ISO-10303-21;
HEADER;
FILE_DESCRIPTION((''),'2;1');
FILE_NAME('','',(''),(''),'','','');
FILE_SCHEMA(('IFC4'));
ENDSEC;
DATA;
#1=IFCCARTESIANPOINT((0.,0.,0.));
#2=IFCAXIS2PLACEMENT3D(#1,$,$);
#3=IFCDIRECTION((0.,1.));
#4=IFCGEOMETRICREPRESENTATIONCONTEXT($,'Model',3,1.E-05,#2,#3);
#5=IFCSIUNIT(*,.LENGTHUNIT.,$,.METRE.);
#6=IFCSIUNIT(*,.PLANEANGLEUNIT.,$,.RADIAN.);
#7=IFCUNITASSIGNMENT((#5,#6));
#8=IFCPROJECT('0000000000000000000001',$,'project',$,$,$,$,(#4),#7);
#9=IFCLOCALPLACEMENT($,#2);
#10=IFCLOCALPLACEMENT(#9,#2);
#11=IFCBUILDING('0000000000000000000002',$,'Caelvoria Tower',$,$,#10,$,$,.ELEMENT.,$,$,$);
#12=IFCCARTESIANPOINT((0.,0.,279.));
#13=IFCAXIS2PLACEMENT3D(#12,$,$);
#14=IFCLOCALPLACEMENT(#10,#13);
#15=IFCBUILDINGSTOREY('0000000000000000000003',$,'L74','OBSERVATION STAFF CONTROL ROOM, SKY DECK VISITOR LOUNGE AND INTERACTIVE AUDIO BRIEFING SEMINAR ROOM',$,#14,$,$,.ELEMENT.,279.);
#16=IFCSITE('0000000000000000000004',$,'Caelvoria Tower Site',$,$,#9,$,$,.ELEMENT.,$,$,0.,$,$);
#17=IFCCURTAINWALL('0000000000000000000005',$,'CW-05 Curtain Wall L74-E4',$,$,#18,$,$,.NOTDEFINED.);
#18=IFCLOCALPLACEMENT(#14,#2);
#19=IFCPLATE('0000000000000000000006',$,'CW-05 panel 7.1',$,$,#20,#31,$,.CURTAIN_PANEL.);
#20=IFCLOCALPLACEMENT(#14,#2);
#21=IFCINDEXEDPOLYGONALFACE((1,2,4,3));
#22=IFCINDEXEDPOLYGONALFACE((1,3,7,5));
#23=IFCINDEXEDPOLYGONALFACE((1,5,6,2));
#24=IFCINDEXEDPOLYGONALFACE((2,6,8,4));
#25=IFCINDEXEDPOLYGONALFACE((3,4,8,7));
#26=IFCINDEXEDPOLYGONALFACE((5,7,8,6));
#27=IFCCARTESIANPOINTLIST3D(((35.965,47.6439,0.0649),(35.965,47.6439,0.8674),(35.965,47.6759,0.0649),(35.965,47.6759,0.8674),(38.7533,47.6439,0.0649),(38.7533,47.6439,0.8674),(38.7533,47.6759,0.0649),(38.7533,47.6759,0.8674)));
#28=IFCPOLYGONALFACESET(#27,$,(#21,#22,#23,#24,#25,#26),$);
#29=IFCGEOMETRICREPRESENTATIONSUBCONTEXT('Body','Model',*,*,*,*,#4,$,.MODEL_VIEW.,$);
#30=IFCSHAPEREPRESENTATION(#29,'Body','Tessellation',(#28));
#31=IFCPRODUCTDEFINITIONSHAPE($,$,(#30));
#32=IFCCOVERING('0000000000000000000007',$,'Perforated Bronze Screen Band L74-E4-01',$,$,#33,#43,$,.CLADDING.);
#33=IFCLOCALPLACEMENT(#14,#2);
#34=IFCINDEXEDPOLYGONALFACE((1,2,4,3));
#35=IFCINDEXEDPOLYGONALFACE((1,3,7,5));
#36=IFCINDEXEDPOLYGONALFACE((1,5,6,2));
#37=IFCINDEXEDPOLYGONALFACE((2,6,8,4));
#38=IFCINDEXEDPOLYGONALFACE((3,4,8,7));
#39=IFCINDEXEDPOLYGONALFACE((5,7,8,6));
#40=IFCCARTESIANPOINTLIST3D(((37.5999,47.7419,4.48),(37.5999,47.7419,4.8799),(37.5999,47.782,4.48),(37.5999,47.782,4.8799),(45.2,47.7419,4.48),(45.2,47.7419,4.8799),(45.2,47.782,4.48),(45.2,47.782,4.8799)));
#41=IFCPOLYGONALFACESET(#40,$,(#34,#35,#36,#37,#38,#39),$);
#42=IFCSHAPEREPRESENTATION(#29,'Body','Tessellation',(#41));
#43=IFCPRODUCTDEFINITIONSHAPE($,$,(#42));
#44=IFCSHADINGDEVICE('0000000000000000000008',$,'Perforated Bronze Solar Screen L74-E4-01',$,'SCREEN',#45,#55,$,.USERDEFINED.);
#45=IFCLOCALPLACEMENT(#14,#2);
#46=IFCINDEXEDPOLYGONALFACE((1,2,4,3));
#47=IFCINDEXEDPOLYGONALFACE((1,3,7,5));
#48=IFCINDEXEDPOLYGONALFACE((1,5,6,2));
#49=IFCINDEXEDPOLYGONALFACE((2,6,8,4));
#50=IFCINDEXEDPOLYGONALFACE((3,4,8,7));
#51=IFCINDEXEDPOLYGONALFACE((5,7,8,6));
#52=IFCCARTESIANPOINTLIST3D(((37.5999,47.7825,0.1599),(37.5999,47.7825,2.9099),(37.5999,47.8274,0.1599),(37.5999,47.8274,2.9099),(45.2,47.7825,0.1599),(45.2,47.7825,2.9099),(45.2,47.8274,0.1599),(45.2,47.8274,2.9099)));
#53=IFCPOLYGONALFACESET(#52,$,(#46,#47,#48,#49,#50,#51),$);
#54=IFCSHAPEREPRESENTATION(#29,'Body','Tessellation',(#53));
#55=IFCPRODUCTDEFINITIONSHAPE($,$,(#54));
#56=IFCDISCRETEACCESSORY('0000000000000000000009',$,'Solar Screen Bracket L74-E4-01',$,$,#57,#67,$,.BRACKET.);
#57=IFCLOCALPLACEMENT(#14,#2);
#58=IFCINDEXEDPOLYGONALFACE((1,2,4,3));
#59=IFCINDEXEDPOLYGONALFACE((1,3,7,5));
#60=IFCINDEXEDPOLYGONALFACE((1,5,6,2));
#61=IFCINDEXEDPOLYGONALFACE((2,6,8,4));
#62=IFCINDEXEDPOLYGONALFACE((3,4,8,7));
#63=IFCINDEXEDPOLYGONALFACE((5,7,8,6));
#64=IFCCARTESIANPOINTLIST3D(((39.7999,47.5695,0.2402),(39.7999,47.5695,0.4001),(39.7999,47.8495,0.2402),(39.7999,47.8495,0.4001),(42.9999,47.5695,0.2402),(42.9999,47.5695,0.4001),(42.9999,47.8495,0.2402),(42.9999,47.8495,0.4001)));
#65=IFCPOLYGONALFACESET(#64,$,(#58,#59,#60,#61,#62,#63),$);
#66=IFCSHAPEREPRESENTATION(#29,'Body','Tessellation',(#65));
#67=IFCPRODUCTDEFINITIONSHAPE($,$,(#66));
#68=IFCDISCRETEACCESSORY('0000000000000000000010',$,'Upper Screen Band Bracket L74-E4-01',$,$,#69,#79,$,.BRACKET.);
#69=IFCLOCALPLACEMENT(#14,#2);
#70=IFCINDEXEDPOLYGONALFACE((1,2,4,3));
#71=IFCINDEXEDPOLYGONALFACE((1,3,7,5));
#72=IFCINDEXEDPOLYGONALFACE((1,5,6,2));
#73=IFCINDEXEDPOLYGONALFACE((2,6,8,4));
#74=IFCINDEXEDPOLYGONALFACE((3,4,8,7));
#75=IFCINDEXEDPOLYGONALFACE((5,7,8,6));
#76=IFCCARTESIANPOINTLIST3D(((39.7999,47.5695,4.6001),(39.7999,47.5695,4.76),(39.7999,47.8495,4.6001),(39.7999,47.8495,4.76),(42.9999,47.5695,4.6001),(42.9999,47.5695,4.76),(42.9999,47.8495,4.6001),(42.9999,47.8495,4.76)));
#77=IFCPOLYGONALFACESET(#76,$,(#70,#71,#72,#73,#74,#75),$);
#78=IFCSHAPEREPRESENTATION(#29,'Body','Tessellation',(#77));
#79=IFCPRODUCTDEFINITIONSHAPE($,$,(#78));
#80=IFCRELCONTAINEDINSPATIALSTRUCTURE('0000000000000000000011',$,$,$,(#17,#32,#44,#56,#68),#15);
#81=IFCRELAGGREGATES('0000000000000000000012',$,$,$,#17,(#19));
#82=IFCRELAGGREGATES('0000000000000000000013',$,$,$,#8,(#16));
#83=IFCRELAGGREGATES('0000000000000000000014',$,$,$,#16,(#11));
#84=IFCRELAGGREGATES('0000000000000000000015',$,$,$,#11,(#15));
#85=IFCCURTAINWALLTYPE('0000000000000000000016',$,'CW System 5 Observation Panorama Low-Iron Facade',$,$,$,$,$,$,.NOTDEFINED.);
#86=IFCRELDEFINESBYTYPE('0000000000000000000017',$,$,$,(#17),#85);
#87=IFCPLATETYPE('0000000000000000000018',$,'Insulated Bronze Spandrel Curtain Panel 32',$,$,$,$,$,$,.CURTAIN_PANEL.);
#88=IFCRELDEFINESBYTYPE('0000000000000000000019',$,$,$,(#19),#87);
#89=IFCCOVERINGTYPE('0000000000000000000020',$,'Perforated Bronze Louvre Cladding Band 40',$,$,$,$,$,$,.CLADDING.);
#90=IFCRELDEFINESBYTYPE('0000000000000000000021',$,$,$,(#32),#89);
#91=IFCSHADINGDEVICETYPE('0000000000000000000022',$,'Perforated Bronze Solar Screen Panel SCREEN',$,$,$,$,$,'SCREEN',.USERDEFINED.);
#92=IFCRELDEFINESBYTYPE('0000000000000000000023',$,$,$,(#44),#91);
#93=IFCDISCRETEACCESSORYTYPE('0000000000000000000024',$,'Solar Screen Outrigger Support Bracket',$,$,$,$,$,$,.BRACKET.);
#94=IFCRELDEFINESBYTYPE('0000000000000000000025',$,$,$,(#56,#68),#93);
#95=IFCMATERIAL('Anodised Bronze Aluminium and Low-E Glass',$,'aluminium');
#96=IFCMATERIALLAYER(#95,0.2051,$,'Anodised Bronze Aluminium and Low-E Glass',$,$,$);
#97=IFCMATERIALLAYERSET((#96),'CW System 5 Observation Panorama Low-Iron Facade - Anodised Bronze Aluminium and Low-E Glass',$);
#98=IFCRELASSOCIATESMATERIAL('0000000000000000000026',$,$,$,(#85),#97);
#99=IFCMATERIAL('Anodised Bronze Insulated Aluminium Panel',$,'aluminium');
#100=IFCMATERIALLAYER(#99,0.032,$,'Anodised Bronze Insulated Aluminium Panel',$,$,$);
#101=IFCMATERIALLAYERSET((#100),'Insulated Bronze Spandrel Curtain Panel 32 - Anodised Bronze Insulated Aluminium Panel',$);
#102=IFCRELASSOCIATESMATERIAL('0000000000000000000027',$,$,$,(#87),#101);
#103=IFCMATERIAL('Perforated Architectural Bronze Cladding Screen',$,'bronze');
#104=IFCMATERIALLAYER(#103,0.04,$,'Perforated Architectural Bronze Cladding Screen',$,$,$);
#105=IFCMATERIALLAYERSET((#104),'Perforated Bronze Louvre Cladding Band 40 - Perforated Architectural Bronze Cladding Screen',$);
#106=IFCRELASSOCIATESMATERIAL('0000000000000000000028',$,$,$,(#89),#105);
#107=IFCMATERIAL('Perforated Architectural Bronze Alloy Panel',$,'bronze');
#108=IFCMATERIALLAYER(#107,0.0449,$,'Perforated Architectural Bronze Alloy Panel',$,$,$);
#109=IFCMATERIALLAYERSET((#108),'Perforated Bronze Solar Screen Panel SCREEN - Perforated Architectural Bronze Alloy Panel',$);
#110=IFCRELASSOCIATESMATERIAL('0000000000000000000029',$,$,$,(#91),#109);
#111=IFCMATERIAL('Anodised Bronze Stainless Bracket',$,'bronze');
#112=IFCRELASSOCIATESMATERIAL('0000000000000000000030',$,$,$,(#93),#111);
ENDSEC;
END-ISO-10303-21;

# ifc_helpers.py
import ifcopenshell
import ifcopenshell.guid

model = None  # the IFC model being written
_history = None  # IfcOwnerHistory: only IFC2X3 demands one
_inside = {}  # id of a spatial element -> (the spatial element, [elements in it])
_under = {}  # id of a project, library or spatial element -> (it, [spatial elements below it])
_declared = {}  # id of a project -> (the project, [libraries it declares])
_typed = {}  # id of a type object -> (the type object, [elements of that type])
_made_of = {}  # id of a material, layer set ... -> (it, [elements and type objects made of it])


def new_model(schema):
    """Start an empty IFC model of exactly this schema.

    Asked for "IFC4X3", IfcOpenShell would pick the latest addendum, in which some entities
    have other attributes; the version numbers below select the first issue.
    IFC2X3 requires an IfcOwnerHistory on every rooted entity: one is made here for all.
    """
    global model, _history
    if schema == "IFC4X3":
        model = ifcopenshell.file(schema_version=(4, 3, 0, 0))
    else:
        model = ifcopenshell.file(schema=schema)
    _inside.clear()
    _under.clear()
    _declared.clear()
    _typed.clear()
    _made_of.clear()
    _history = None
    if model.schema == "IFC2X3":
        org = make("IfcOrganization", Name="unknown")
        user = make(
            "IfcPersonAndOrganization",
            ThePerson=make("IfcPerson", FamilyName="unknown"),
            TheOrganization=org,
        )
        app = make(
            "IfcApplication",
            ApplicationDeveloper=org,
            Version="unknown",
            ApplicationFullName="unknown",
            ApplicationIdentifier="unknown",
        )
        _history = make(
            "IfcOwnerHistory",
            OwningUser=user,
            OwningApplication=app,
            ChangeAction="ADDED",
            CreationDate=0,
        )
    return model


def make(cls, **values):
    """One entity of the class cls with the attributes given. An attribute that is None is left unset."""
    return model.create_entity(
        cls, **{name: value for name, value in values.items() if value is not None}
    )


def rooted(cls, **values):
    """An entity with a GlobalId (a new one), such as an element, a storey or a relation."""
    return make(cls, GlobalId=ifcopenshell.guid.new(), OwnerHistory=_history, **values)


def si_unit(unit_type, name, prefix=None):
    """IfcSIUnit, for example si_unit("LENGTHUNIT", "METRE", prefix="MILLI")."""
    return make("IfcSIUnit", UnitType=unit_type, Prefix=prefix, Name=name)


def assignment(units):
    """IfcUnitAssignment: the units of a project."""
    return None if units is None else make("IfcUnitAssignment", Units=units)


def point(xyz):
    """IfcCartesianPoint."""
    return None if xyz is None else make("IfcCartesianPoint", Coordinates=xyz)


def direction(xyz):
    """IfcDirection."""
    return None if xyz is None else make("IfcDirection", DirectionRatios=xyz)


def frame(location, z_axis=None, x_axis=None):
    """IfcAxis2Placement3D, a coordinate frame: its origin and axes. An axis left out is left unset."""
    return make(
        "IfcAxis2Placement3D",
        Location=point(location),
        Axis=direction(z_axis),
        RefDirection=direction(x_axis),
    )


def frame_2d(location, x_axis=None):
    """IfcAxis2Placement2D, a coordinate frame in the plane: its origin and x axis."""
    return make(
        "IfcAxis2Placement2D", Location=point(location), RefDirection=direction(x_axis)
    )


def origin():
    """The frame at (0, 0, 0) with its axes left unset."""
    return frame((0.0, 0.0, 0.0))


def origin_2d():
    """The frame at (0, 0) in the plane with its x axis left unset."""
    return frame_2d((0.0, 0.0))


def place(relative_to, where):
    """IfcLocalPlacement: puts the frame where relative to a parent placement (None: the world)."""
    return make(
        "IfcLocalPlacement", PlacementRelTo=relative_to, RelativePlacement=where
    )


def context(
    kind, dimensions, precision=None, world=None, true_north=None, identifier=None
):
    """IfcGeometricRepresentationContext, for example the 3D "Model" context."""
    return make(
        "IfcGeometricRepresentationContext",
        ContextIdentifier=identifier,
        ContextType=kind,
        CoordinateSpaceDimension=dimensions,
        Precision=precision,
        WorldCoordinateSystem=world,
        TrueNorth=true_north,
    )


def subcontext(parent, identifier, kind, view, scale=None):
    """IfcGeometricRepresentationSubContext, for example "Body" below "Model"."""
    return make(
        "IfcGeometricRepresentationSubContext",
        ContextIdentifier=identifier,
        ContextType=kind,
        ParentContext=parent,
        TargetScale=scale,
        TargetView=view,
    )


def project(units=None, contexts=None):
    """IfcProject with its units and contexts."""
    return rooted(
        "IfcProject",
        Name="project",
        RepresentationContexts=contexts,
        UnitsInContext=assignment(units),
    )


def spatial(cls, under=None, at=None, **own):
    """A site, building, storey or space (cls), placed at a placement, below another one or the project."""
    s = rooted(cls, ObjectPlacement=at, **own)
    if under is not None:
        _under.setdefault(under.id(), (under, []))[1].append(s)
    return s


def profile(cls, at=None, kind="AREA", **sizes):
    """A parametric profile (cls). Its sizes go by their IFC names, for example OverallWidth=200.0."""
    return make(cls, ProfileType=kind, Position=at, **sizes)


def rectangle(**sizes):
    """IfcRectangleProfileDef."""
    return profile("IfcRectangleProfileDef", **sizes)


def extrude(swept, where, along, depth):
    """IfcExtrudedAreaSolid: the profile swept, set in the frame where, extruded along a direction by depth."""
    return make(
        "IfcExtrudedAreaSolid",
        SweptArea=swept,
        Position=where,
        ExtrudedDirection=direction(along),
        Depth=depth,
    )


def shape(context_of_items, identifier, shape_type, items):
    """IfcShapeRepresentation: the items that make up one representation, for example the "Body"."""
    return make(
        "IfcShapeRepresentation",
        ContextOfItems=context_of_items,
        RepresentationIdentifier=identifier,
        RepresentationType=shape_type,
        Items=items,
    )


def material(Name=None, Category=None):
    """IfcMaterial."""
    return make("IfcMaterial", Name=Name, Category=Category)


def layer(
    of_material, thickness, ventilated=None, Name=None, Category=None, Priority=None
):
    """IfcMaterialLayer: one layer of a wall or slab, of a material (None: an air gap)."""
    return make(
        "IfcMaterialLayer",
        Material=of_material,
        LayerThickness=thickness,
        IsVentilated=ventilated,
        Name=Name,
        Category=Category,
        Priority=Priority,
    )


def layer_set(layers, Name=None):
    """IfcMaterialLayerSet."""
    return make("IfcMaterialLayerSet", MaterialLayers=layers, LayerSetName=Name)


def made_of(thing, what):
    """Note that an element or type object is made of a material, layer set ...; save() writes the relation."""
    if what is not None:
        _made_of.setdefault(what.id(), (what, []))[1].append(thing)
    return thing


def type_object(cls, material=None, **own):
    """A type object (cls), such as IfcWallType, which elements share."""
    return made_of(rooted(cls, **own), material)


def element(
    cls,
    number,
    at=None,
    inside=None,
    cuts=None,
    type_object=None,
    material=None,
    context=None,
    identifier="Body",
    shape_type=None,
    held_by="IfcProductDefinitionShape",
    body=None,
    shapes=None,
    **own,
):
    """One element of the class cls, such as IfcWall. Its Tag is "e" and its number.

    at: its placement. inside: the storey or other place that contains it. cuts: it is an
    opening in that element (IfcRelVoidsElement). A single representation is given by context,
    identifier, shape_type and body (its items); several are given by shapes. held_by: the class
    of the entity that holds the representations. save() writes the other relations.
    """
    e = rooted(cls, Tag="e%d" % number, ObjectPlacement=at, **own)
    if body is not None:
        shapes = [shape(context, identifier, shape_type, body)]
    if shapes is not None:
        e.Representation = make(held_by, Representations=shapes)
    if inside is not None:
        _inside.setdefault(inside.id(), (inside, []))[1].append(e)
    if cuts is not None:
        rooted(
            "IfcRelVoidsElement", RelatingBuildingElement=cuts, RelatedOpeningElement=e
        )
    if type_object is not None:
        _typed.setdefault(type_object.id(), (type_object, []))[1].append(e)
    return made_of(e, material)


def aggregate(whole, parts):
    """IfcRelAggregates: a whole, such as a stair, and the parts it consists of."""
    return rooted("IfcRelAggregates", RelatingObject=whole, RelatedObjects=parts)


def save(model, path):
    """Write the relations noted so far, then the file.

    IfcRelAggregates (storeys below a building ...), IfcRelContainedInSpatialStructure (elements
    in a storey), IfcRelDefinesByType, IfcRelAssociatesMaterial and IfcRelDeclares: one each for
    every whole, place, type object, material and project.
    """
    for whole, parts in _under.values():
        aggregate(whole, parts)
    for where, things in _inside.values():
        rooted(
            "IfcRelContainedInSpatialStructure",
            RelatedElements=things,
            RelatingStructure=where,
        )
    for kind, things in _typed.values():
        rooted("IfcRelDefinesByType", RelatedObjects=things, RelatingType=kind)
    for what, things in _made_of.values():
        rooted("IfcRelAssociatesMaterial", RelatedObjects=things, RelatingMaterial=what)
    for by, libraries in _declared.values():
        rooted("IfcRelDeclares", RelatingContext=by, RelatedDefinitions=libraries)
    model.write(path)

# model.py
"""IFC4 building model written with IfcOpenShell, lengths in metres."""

from ifc_helpers import new_model, si_unit, direction, frame, origin, origin_2d, place, context, subcontext, project, spatial, rectangle, extrude, material, layer, layer_set, type_object, element, aggregate, save


model = new_model("IFC4")

# Units and contexts
model_context = context("Model", 3, precision=1e-05, world=origin(), true_north=direction((0.0, 1.0)))
body_context = subcontext(model_context, "Body", "Model", "MODEL_VIEW")
ifc_project = project(units=[si_unit("LENGTHUNIT", "METRE"), si_unit("PLANEANGLEUNIT", "RADIAN")], contexts=[model_context])

# Site, building, storey
site_placement = place(None, origin())
site = spatial("IfcSite", under=ifc_project, at=site_placement, Name="Caelvoria Tower Site", CompositionType="ELEMENT", RefElevation=0.0)
building_placement = place(site_placement, origin())
building = spatial("IfcBuilding", under=site, at=building_placement, Name="Caelvoria Tower", CompositionType="ELEMENT")
storey_placement = place(building_placement, frame((0.0, 0.0, 279.0)))
storey = spatial("IfcBuildingStorey", under=building, at=storey_placement, Name="L74", Description="OBSERVATION STAFF CONTROL ROOM, SKY DECK VISITOR LOUNGE AND INTERACTIVE AUDIO BRIEFING SEMINAR ROOM", CompositionType="ELEMENT", Elevation=279.0)

# Curtain wall
ifc_material_1 = material(Name="Anodised Bronze Aluminium and Low-E Glass", Category="aluminium")
ifc_layer_1 = layer(ifc_material_1, 0.2051, Name="Anodised Bronze Aluminium and Low-E Glass")
ifc_layer_set_1 = layer_set([ifc_layer_1], Name="CW System 5 Observation Panorama Low-Iron Facade - Anodised Bronze Aluminium and Low-E Glass")
curtain_wall_type = type_object("IfcCurtainWallType", Name="CW System 5 Observation Panorama Low-Iron Facade", PredefinedType="NOTDEFINED", material=ifc_layer_set_1)
curtain_wall_1_placement = place(storey_placement, origin())
curtain_wall_1 = element("IfcCurtainWall", 1, at=curtain_wall_1_placement, inside=storey, type_object=curtain_wall_type, Name="CW-05 Curtain Wall L74-E4", PredefinedType="NOTDEFINED")

# Plate
ifc_material_2 = material(Name="Anodised Bronze Insulated Aluminium Panel", Category="aluminium")
ifc_layer_2 = layer(ifc_material_2, 0.032, Name="Anodised Bronze Insulated Aluminium Panel")
ifc_layer_set_2 = layer_set([ifc_layer_2], Name="Insulated Bronze Spandrel Curtain Panel 32 - Anodised Bronze Insulated Aluminium Panel")
plate_type_1 = type_object("IfcPlateType", Name="Insulated Bronze Spandrel Curtain Panel 32", PredefinedType="CURTAIN_PANEL", material=ifc_layer_set_2)
plate_1_placement = place(storey_placement, frame((37.3591, 47.6599, 0.0649), z_axis=(0.0, 0.0, 1.0), x_axis=(-1.0, 0.0, 0.0)))
plate_1 = element("IfcPlate", 2, at=plate_1_placement, type_object=plate_type_1, Name="CW-05 panel 7.1", PredefinedType="CURTAIN_PANEL", context=body_context, shape_type="SweptSolid", body=[
    extrude(rectangle(XDim=2.7883, YDim=0.032, at=origin_2d()), origin(), (0.0, 0.0, 1.0), 0.8025),
])
aggregate(curtain_wall_1, [plate_1])

# Covering
ifc_material_3 = material(Name="Perforated Architectural Bronze Cladding Screen", Category="bronze")
ifc_layer_3 = layer(ifc_material_3, 0.04, Name="Perforated Architectural Bronze Cladding Screen")
ifc_layer_set_3 = layer_set([ifc_layer_3], Name="Perforated Bronze Louvre Cladding Band 40 - Perforated Architectural Bronze Cladding Screen")
covering_type = type_object("IfcCoveringType", Name="Perforated Bronze Louvre Cladding Band 40", PredefinedType="CLADDING", material=ifc_layer_set_3)
covering_placement = place(storey_placement, frame((41.3999, 47.762, 4.48), z_axis=(0.0, 0.0, 1.0), x_axis=(-1.0, 0.0, 0.0)))
element("IfcCovering", 3, at=covering_placement, inside=storey, type_object=covering_type, Name="Perforated Bronze Screen Band L74-E4-01", PredefinedType="CLADDING", context=body_context, shape_type="SweptSolid", body=[
    extrude(rectangle(XDim=7.6001, YDim=0.04, at=origin_2d()), origin(), (0.0, 0.0, 1.0), 0.3999),
])

# Shading device
ifc_material_4 = material(Name="Perforated Architectural Bronze Alloy Panel", Category="bronze")
ifc_layer_4 = layer(ifc_material_4, 0.0449, Name="Perforated Architectural Bronze Alloy Panel")
ifc_layer_set_4 = layer_set([ifc_layer_4], Name="Perforated Bronze Solar Screen Panel SCREEN - Perforated Architectural Bronze Alloy Panel")
shading_device_type = type_object("IfcShadingDeviceType", Name="Perforated Bronze Solar Screen Panel SCREEN", ElementType="SCREEN", PredefinedType="USERDEFINED", material=ifc_layer_set_4)
shading_device_placement = place(storey_placement, frame((41.3999, 47.8049, 0.1599), z_axis=(0.0, 0.0, 1.0), x_axis=(-1.0, 0.0, 0.0)))
element("IfcShadingDevice", 4, at=shading_device_placement, inside=storey, type_object=shading_device_type, Name="Perforated Bronze Solar Screen L74-E4-01", ObjectType="SCREEN", PredefinedType="USERDEFINED", context=body_context, shape_type="SweptSolid", body=[
    extrude(rectangle(XDim=7.6001, YDim=0.0449, at=origin_2d()), origin(), (0.0, 0.0, 1.0), 2.75),
])

# Discrete accessories
ifc_material_5 = material(Name="Anodised Bronze Stainless Bracket", Category="bronze")
discrete_accessory_type = type_object("IfcDiscreteAccessoryType", Name="Solar Screen Outrigger Support Bracket", PredefinedType="BRACKET", material=ifc_material_5)
for number, where, z_axis, x_axis, name in (
    (5, (41.3999, 47.7095, 0.2402), (0.0, 0.0, 1.0), (-1.0, 0.0, 0.0), "Solar Screen Bracket L74-E4-01"),
    (6, (41.3999, 47.7095, 4.6001), (0.0, 0.0, 1.0), (-1.0, 0.0, 0.0), "Upper Screen Band Bracket L74-E4-01"),
):
    element("IfcDiscreteAccessory", number, at=place(storey_placement, frame(where, z_axis=z_axis, x_axis=x_axis)), inside=storey, type_object=discrete_accessory_type, Name=name, PredefinedType="BRACKET", context=body_context, shape_type="SweptSolid", body=[
        extrude(rectangle(XDim=3.2, YDim=0.28, at=origin_2d()), origin(), (0.0, 0.0, 1.0), 0.1599),
    ])

save(model, "model.ifc")
